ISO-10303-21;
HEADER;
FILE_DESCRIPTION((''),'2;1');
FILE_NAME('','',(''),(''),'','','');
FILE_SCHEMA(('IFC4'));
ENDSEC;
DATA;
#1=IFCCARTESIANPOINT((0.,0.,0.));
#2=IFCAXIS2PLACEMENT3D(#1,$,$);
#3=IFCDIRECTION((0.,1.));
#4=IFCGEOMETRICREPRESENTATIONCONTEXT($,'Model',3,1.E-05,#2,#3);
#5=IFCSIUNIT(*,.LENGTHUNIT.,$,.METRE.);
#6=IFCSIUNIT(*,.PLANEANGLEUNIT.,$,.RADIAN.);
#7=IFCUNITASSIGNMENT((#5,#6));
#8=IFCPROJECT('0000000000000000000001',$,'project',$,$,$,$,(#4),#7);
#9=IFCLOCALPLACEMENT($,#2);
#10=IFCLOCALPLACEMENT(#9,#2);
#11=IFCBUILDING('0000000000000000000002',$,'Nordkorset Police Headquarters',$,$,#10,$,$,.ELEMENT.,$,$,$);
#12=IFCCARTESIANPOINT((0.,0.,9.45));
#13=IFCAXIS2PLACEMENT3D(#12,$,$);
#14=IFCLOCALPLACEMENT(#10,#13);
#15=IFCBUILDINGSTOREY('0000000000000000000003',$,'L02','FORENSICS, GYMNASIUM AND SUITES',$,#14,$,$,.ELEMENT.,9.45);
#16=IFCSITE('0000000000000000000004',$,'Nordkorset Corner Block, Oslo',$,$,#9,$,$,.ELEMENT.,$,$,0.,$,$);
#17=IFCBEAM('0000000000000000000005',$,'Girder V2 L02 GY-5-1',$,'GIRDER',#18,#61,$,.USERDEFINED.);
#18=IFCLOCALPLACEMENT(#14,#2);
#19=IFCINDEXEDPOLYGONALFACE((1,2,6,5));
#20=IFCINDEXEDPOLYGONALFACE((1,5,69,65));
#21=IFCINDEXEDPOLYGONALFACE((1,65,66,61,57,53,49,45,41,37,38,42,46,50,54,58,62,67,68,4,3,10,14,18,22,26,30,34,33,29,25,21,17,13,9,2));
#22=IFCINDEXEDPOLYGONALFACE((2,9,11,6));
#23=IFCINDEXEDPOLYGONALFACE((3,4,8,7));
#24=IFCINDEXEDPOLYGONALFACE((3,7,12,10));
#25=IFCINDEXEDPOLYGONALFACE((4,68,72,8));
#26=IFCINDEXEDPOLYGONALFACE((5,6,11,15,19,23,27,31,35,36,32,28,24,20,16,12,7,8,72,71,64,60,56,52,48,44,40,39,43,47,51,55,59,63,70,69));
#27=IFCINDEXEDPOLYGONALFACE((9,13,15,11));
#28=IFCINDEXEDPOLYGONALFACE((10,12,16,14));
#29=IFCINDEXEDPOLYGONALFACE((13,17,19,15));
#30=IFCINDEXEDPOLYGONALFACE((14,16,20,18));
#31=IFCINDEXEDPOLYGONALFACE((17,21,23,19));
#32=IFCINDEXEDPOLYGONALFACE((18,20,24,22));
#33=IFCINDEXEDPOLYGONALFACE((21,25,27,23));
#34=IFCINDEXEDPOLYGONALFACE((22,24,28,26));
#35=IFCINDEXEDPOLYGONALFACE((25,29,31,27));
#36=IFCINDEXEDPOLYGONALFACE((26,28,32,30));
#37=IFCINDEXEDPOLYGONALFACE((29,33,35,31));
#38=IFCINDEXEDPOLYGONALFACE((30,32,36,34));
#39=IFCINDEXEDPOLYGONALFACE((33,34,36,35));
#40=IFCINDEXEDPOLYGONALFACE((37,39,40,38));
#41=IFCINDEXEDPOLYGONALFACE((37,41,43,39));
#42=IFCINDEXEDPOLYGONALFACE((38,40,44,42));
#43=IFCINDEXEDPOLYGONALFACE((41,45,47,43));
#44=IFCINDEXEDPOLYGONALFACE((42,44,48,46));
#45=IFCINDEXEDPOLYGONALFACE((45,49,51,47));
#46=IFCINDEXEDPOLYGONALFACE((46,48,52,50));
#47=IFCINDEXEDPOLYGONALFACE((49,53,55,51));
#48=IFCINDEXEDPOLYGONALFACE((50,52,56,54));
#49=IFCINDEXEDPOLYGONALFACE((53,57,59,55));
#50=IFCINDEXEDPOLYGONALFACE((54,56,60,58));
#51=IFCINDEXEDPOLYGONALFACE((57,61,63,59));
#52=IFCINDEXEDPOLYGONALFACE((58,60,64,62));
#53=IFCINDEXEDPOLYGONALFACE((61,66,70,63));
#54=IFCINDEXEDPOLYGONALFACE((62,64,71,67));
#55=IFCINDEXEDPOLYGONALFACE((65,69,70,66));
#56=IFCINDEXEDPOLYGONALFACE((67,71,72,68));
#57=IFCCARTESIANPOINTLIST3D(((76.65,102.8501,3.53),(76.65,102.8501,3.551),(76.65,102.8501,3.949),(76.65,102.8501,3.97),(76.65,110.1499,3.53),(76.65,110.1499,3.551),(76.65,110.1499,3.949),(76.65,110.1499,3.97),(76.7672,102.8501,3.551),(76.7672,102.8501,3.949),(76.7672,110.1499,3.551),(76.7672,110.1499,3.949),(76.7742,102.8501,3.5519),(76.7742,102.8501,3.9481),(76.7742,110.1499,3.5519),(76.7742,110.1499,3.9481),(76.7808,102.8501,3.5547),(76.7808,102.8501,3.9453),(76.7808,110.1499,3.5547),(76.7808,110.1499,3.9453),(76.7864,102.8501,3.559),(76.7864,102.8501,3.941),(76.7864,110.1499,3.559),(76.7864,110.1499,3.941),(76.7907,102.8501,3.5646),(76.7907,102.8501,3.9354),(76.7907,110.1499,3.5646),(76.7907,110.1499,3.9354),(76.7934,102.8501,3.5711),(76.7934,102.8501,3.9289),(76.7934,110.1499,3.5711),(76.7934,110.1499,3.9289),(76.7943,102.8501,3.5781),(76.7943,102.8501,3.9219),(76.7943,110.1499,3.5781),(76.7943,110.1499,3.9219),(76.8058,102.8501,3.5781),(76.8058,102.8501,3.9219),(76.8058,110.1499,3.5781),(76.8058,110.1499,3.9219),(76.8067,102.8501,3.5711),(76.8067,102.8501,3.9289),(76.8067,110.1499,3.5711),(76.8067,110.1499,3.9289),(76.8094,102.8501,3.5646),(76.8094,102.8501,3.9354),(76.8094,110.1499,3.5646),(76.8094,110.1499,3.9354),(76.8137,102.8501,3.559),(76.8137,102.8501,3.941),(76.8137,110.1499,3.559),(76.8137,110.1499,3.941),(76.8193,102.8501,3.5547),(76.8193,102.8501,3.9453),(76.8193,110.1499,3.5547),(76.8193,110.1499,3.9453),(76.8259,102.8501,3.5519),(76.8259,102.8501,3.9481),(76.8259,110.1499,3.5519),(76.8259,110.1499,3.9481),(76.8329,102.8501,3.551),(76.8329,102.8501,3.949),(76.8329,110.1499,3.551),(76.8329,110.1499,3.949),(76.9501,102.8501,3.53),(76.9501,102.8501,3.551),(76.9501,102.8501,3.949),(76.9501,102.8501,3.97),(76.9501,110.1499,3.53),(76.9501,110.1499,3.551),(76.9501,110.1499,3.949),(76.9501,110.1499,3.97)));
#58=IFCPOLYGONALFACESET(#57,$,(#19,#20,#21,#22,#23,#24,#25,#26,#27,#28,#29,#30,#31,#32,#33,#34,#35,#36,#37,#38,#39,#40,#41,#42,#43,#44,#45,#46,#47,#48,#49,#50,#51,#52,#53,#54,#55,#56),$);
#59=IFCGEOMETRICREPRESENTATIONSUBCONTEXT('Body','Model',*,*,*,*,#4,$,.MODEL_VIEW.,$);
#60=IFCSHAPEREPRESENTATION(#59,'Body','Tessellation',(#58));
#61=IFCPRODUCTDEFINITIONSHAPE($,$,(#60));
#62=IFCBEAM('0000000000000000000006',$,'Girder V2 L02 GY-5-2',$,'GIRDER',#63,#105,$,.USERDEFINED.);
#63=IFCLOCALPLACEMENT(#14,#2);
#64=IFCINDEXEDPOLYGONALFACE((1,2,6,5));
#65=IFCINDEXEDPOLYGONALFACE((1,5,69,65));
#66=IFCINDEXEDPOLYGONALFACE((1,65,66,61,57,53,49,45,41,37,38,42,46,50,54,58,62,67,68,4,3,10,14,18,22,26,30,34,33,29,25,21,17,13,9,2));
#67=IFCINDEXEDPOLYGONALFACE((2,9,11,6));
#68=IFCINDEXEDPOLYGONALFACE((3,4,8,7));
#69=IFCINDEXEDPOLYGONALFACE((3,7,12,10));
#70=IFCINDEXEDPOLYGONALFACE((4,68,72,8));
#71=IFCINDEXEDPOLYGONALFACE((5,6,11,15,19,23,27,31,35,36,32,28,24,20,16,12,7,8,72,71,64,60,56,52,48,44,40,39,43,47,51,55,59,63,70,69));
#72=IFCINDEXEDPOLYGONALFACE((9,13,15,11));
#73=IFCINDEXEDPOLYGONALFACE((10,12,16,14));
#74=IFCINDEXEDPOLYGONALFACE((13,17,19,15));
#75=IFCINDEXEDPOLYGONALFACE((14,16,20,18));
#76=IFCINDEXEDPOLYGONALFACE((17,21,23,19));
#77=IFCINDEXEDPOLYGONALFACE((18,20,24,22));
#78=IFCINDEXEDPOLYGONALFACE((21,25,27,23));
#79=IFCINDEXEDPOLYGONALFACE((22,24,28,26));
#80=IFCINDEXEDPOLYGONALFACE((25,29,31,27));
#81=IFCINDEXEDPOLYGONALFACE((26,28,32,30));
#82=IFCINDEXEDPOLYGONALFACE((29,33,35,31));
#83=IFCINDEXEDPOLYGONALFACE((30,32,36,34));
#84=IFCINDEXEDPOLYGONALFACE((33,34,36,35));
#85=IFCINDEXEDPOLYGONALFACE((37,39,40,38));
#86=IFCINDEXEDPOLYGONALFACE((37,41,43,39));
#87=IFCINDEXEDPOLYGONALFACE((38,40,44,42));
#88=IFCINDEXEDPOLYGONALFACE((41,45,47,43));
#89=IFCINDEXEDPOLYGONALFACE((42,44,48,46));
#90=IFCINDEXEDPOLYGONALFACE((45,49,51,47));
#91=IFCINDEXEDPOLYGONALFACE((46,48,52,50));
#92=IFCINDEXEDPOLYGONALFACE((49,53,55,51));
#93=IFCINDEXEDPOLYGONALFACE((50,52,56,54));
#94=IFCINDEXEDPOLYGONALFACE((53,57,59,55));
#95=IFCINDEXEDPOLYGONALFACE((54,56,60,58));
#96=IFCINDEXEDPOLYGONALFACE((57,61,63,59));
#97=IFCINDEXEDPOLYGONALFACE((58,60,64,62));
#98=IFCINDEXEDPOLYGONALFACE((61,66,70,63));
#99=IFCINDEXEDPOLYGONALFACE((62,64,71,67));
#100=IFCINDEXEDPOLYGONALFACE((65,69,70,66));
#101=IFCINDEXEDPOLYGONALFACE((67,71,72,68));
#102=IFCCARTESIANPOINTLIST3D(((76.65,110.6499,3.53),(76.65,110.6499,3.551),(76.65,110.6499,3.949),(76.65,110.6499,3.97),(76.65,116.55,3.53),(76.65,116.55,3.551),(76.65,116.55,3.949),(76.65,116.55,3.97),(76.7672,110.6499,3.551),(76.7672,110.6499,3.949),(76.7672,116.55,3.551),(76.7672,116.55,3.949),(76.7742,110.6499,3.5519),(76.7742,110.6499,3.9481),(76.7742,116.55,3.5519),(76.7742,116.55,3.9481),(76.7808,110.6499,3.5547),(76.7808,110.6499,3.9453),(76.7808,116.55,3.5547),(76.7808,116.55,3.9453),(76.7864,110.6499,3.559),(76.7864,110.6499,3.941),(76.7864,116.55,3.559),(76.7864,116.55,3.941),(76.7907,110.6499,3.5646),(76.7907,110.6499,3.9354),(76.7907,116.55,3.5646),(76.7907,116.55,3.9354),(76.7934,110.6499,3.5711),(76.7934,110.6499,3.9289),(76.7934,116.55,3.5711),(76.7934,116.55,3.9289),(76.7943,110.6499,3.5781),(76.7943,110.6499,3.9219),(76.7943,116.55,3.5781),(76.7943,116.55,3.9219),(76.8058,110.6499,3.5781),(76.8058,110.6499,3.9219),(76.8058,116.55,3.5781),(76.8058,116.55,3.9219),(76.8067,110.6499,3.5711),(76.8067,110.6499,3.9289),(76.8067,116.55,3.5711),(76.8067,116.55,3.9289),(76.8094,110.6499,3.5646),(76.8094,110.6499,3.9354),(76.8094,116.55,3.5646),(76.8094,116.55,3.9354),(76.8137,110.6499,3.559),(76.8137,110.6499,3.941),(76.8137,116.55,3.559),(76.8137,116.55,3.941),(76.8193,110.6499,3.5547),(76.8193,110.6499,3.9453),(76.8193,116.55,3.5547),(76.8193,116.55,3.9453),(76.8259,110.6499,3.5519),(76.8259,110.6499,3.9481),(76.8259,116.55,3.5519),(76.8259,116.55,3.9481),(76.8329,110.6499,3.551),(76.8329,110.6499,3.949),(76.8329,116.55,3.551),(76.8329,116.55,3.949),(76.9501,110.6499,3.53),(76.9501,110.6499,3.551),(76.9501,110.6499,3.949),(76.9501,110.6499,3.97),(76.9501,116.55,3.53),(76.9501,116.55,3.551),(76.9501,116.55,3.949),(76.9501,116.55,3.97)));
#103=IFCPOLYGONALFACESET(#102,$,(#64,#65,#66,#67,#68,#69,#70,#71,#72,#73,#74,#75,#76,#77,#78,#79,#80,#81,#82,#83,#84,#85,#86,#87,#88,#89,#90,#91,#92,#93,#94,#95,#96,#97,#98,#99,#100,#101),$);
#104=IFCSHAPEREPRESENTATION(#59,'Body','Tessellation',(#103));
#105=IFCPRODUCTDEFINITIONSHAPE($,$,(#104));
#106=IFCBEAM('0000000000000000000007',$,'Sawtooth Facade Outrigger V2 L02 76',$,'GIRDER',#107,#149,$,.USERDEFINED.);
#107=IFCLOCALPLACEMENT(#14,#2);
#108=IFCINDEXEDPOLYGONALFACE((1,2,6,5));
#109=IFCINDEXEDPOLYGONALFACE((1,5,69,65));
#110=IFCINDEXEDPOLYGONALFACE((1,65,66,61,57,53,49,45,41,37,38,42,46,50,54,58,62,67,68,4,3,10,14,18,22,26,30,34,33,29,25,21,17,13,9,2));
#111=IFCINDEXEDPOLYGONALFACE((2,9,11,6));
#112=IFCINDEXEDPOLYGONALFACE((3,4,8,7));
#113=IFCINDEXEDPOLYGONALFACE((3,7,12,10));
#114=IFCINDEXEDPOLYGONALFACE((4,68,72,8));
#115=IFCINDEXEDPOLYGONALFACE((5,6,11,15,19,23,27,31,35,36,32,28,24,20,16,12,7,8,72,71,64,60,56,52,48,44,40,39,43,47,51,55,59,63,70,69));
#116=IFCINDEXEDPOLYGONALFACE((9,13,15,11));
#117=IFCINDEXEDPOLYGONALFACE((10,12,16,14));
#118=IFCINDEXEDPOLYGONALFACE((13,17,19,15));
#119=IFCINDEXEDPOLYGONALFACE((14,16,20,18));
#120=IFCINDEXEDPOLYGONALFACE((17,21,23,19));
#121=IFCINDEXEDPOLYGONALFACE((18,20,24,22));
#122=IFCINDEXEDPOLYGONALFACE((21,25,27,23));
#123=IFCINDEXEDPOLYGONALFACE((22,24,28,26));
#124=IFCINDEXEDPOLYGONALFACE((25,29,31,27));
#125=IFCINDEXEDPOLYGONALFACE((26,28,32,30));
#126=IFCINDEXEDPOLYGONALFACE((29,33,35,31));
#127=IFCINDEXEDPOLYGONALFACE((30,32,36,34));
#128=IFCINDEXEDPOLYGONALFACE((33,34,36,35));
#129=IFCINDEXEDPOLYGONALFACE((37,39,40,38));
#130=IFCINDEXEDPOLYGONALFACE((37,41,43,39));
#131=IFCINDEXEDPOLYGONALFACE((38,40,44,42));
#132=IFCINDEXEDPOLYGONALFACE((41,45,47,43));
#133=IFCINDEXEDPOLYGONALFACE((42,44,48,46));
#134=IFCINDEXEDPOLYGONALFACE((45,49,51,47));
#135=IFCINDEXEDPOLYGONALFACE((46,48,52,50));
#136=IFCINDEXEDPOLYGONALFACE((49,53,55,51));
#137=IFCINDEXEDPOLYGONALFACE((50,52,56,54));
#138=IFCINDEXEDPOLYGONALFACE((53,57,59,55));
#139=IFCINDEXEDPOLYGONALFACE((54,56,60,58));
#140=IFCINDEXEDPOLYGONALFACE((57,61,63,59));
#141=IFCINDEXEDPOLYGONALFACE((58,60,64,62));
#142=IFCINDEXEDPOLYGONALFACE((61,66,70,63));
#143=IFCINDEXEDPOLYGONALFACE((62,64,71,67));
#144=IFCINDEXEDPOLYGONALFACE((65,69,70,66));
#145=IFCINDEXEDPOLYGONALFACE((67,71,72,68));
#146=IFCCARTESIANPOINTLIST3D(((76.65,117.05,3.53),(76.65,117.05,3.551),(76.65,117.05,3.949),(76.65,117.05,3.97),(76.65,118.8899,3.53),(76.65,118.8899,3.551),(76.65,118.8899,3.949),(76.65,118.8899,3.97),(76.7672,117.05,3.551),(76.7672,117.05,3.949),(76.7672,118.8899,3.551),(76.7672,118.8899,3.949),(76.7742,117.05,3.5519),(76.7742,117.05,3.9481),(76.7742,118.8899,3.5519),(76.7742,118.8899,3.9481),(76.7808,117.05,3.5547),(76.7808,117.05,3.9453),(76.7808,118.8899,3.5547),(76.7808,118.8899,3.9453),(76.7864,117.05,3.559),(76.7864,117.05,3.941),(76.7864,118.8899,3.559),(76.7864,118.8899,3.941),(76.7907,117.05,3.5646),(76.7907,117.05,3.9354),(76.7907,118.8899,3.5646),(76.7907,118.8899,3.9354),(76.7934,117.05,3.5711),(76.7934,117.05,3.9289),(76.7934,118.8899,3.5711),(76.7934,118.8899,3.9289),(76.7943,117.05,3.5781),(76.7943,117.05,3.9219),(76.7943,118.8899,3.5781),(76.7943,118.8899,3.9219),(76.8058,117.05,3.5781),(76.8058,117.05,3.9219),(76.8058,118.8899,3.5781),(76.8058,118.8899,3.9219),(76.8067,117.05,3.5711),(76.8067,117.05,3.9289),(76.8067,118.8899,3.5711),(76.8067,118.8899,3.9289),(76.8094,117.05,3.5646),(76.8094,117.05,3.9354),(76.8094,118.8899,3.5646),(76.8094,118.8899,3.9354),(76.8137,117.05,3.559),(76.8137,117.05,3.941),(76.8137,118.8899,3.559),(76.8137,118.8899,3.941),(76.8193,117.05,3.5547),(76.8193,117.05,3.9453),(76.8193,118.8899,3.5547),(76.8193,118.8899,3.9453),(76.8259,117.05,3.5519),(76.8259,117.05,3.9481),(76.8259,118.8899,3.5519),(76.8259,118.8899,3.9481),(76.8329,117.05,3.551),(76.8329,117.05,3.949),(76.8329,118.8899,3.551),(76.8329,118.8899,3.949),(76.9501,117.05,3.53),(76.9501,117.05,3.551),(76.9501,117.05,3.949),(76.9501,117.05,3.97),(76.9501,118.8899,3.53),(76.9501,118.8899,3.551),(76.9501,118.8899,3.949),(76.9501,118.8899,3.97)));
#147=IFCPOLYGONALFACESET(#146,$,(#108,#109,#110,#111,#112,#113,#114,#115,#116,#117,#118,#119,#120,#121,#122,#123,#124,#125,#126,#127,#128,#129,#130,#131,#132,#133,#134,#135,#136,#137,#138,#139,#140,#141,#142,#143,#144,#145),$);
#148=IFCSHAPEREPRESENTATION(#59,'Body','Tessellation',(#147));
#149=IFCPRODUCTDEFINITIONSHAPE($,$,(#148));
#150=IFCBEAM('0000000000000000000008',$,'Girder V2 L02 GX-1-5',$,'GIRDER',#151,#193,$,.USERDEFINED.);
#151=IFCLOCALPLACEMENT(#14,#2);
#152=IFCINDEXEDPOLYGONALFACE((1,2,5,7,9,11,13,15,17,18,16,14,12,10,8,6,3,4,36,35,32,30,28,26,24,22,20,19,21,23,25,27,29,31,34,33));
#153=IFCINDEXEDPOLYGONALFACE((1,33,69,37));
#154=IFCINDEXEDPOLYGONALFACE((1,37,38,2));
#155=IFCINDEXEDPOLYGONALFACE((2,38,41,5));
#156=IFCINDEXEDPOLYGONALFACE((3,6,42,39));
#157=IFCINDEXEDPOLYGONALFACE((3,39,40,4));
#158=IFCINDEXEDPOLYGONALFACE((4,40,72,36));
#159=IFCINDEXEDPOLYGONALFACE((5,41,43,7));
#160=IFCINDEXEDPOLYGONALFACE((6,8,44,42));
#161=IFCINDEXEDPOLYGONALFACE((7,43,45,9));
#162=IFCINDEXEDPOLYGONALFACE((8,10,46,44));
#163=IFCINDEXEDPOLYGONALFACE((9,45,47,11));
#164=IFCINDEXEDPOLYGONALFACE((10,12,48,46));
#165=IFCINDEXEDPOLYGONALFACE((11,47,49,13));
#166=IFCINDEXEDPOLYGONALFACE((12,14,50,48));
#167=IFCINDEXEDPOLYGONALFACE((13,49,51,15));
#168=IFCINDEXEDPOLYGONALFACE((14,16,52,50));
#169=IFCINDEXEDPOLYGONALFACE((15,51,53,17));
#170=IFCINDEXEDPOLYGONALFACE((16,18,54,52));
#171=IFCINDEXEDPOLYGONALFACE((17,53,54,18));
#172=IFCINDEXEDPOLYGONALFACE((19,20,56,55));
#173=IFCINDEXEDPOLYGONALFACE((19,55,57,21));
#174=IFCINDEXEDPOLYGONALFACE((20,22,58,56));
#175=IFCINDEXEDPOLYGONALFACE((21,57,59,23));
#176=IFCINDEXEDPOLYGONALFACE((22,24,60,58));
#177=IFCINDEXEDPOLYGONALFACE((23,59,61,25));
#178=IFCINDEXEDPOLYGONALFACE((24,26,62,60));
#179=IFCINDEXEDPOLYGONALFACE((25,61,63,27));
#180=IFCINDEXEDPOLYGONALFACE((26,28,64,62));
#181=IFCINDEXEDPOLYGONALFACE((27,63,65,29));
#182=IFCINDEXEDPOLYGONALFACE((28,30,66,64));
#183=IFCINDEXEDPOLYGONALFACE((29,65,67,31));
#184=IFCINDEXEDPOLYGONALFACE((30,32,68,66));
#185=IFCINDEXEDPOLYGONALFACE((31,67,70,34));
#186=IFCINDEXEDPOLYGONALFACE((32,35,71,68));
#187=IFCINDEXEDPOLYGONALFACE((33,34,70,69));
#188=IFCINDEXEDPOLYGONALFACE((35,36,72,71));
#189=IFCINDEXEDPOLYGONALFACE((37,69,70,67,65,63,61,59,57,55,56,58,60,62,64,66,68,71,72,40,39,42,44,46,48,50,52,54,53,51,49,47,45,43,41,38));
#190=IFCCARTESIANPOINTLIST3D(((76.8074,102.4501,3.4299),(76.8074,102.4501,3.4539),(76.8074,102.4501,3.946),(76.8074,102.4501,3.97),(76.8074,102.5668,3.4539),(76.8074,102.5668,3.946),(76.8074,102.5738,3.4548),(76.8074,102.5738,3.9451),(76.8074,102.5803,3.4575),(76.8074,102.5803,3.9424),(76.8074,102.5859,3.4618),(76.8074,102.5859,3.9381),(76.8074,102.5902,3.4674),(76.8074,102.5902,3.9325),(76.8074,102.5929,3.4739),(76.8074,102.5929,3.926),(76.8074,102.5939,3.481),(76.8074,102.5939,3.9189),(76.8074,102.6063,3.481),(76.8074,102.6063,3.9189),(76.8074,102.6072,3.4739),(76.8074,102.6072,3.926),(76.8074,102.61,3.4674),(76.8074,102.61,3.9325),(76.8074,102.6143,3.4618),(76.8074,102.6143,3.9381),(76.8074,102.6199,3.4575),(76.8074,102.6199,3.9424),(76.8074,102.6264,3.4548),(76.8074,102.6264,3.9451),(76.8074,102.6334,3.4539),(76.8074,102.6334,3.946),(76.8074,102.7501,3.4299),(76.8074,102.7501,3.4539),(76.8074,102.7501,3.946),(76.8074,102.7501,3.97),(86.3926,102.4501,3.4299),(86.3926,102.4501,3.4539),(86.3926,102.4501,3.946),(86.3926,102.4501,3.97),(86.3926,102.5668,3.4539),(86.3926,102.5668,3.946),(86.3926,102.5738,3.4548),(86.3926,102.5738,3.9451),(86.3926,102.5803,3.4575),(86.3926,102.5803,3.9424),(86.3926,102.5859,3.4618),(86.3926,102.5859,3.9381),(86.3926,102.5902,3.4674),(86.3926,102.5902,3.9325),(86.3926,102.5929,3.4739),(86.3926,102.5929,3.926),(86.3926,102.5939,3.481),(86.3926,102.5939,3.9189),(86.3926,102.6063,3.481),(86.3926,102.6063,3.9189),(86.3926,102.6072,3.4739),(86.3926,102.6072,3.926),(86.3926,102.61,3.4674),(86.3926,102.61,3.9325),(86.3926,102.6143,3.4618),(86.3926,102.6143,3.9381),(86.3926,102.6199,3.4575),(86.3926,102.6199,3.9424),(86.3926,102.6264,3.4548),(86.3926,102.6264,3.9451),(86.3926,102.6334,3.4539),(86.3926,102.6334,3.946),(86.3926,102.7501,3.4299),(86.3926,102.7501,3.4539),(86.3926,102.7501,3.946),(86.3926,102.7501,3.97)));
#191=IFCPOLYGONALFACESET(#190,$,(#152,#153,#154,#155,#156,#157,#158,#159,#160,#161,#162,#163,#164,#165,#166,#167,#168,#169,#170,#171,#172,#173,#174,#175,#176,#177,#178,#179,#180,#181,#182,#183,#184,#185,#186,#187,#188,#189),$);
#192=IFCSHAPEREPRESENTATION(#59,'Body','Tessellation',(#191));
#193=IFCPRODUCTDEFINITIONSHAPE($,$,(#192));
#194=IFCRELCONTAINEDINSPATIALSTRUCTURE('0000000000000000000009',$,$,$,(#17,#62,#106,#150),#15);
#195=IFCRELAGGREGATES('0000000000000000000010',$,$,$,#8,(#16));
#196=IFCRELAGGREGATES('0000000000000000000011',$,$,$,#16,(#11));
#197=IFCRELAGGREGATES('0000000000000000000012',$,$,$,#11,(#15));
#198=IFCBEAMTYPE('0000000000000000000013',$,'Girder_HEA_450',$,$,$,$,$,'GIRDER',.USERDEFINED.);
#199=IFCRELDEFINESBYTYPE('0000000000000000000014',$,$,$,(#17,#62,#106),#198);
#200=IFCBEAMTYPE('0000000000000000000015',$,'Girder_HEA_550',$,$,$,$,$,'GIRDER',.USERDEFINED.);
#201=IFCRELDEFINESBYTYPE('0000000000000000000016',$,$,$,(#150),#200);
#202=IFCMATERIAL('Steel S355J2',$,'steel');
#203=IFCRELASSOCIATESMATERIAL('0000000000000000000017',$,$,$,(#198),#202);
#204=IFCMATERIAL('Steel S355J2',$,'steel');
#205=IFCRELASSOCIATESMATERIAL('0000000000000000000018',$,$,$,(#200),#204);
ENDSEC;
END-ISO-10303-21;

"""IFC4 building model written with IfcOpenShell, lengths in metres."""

from ifc_helpers import new_model, si_unit, direction, frame, origin, origin_2d, place, context, subcontext, project, spatial, i_section, extrude, material, material_profile, profile_set, type_object, element, save


model = new_model("IFC4")

# Units and contexts
model_context = context("Model", 3, precision=1e-05, world=origin(), true_north=direction((0.0, 1.0)))
body_context = subcontext(model_context, "Body", "Model", "MODEL_VIEW")
ifc_project = project(units=[si_unit("LENGTHUNIT", "METRE"), si_unit("PLANEANGLEUNIT", "RADIAN")], contexts=[model_context])

# Site, building, storey
site_placement = place(None, origin())
site = spatial("IfcSite", under=ifc_project, at=site_placement, Name="Nordkorset Corner Block, Oslo", CompositionType="ELEMENT", RefElevation=0.0)
building_placement = place(site_placement, origin())
building = spatial("IfcBuilding", under=site, at=building_placement, Name="Nordkorset Police Headquarters", CompositionType="ELEMENT")
storey_placement = place(building_placement, frame((0.0, 0.0, 9.45)))
storey = spatial("IfcBuildingStorey", under=building, at=storey_placement, Name="L02", Description="FORENSICS, GYMNASIUM AND SUITES", CompositionType="ELEMENT", Elevation=9.45)

# Beams
ifc_material_1 = material(Name="Steel S355J2", Category="steel")
ifc_material_profile_1 = material_profile(ifc_material_1, i_section(OverallWidth=0.3, OverallDepth=0.4399, WebThickness=0.0115, FlangeThickness=0.021, FilletRadius=0.0271, at=origin_2d()), Name="HEA 450")
ifc_profile_set_1 = profile_set([ifc_material_profile_1], Name="Steel S355J2")
beam_type_1 = type_object("IfcBeamType", Name="Girder_HEA_450", ElementType="GIRDER", PredefinedType="USERDEFINED", material=ifc_profile_set_1)
beam_1_placement = place(storey_placement, frame((76.8, 102.8501, 3.75), z_axis=(0.0, 1.0, 0.0), x_axis=(-1.0, 0.0, 0.0)))
element("IfcBeam", 1, at=beam_1_placement, inside=storey, type_object=beam_type_1, Name="Girder V2 L02 GY-5-1", ObjectType="GIRDER", PredefinedType="USERDEFINED", context=body_context, shape_type="SweptSolid", body=[
    extrude(i_section(OverallWidth=0.3, OverallDepth=0.4399, WebThickness=0.0115, FlangeThickness=0.021, FilletRadius=0.0271, at=origin_2d()), origin(), (0.0, 0.0, 1.0), 7.2998),
])
beam_2_placement = place(storey_placement, frame((76.8, 110.6499, 3.75), z_axis=(0.0, 1.0, 0.0), x_axis=(-1.0, 0.0, 0.0)))
element("IfcBeam", 2, at=beam_2_placement, inside=storey, type_object=beam_type_1, Name="Girder V2 L02 GY-5-2", ObjectType="GIRDER", PredefinedType="USERDEFINED", context=body_context, shape_type="SweptSolid", body=[
    extrude(i_section(OverallWidth=0.3, OverallDepth=0.4399, WebThickness=0.0115, FlangeThickness=0.021, FilletRadius=0.0271, at=origin_2d()), origin(), (0.0, 0.0, 1.0), 5.9001),
])
beam_3_placement = place(storey_placement, frame((76.8, 117.05, 3.75), z_axis=(0.0, 1.0, 0.0), x_axis=(-1.0, 0.0, 0.0)))
element("IfcBeam", 3, at=beam_3_placement, inside=storey, type_object=beam_type_1, Name="Sawtooth Facade Outrigger V2 L02 76", ObjectType="GIRDER", PredefinedType="USERDEFINED", context=body_context, shape_type="SweptSolid", body=[
    extrude(i_section(OverallWidth=0.3, OverallDepth=0.4399, WebThickness=0.0115, FlangeThickness=0.021, FilletRadius=0.0271, at=origin_2d()), origin(), (0.0, 0.0, 1.0), 1.8398),
])
ifc_material_2 = material(Name="Steel S355J2", Category="steel")
ifc_material_profile_2 = material_profile(ifc_material_2, i_section(OverallWidth=0.3, OverallDepth=0.54, WebThickness=0.0125, FlangeThickness=0.0239, FilletRadius=0.0271, at=origin_2d()), Name="HEA 550")
ifc_profile_set_2 = profile_set([ifc_material_profile_2], Name="Steel S355J2")
beam_type_2 = type_object("IfcBeamType", Name="Girder_HEA_550", ElementType="GIRDER", PredefinedType="USERDEFINED", material=ifc_profile_set_2)
for number, where, z_axis, x_axis, name in (
    (4, (76.8074, 102.6001, 3.7), (1.0, 0.0, 0.0), (0.0, 1.0, 0.0), "Girder V2 L02 GX-1-5"),
):
    element("IfcBeam", number, at=place(storey_placement, frame(where, z_axis=z_axis, x_axis=x_axis)), inside=storey, type_object=beam_type_2, Name=name, ObjectType="GIRDER", PredefinedType="USERDEFINED", context=body_context, shape_type="SweptSolid", body=[
        extrude(i_section(OverallWidth=0.3, OverallDepth=0.54, WebThickness=0.0125, FlangeThickness=0.0239, FilletRadius=0.0271, at=origin_2d()), origin(), (0.0, 0.0, 1.0), 9.5852),
    ])

save(model, "model.ifc")
